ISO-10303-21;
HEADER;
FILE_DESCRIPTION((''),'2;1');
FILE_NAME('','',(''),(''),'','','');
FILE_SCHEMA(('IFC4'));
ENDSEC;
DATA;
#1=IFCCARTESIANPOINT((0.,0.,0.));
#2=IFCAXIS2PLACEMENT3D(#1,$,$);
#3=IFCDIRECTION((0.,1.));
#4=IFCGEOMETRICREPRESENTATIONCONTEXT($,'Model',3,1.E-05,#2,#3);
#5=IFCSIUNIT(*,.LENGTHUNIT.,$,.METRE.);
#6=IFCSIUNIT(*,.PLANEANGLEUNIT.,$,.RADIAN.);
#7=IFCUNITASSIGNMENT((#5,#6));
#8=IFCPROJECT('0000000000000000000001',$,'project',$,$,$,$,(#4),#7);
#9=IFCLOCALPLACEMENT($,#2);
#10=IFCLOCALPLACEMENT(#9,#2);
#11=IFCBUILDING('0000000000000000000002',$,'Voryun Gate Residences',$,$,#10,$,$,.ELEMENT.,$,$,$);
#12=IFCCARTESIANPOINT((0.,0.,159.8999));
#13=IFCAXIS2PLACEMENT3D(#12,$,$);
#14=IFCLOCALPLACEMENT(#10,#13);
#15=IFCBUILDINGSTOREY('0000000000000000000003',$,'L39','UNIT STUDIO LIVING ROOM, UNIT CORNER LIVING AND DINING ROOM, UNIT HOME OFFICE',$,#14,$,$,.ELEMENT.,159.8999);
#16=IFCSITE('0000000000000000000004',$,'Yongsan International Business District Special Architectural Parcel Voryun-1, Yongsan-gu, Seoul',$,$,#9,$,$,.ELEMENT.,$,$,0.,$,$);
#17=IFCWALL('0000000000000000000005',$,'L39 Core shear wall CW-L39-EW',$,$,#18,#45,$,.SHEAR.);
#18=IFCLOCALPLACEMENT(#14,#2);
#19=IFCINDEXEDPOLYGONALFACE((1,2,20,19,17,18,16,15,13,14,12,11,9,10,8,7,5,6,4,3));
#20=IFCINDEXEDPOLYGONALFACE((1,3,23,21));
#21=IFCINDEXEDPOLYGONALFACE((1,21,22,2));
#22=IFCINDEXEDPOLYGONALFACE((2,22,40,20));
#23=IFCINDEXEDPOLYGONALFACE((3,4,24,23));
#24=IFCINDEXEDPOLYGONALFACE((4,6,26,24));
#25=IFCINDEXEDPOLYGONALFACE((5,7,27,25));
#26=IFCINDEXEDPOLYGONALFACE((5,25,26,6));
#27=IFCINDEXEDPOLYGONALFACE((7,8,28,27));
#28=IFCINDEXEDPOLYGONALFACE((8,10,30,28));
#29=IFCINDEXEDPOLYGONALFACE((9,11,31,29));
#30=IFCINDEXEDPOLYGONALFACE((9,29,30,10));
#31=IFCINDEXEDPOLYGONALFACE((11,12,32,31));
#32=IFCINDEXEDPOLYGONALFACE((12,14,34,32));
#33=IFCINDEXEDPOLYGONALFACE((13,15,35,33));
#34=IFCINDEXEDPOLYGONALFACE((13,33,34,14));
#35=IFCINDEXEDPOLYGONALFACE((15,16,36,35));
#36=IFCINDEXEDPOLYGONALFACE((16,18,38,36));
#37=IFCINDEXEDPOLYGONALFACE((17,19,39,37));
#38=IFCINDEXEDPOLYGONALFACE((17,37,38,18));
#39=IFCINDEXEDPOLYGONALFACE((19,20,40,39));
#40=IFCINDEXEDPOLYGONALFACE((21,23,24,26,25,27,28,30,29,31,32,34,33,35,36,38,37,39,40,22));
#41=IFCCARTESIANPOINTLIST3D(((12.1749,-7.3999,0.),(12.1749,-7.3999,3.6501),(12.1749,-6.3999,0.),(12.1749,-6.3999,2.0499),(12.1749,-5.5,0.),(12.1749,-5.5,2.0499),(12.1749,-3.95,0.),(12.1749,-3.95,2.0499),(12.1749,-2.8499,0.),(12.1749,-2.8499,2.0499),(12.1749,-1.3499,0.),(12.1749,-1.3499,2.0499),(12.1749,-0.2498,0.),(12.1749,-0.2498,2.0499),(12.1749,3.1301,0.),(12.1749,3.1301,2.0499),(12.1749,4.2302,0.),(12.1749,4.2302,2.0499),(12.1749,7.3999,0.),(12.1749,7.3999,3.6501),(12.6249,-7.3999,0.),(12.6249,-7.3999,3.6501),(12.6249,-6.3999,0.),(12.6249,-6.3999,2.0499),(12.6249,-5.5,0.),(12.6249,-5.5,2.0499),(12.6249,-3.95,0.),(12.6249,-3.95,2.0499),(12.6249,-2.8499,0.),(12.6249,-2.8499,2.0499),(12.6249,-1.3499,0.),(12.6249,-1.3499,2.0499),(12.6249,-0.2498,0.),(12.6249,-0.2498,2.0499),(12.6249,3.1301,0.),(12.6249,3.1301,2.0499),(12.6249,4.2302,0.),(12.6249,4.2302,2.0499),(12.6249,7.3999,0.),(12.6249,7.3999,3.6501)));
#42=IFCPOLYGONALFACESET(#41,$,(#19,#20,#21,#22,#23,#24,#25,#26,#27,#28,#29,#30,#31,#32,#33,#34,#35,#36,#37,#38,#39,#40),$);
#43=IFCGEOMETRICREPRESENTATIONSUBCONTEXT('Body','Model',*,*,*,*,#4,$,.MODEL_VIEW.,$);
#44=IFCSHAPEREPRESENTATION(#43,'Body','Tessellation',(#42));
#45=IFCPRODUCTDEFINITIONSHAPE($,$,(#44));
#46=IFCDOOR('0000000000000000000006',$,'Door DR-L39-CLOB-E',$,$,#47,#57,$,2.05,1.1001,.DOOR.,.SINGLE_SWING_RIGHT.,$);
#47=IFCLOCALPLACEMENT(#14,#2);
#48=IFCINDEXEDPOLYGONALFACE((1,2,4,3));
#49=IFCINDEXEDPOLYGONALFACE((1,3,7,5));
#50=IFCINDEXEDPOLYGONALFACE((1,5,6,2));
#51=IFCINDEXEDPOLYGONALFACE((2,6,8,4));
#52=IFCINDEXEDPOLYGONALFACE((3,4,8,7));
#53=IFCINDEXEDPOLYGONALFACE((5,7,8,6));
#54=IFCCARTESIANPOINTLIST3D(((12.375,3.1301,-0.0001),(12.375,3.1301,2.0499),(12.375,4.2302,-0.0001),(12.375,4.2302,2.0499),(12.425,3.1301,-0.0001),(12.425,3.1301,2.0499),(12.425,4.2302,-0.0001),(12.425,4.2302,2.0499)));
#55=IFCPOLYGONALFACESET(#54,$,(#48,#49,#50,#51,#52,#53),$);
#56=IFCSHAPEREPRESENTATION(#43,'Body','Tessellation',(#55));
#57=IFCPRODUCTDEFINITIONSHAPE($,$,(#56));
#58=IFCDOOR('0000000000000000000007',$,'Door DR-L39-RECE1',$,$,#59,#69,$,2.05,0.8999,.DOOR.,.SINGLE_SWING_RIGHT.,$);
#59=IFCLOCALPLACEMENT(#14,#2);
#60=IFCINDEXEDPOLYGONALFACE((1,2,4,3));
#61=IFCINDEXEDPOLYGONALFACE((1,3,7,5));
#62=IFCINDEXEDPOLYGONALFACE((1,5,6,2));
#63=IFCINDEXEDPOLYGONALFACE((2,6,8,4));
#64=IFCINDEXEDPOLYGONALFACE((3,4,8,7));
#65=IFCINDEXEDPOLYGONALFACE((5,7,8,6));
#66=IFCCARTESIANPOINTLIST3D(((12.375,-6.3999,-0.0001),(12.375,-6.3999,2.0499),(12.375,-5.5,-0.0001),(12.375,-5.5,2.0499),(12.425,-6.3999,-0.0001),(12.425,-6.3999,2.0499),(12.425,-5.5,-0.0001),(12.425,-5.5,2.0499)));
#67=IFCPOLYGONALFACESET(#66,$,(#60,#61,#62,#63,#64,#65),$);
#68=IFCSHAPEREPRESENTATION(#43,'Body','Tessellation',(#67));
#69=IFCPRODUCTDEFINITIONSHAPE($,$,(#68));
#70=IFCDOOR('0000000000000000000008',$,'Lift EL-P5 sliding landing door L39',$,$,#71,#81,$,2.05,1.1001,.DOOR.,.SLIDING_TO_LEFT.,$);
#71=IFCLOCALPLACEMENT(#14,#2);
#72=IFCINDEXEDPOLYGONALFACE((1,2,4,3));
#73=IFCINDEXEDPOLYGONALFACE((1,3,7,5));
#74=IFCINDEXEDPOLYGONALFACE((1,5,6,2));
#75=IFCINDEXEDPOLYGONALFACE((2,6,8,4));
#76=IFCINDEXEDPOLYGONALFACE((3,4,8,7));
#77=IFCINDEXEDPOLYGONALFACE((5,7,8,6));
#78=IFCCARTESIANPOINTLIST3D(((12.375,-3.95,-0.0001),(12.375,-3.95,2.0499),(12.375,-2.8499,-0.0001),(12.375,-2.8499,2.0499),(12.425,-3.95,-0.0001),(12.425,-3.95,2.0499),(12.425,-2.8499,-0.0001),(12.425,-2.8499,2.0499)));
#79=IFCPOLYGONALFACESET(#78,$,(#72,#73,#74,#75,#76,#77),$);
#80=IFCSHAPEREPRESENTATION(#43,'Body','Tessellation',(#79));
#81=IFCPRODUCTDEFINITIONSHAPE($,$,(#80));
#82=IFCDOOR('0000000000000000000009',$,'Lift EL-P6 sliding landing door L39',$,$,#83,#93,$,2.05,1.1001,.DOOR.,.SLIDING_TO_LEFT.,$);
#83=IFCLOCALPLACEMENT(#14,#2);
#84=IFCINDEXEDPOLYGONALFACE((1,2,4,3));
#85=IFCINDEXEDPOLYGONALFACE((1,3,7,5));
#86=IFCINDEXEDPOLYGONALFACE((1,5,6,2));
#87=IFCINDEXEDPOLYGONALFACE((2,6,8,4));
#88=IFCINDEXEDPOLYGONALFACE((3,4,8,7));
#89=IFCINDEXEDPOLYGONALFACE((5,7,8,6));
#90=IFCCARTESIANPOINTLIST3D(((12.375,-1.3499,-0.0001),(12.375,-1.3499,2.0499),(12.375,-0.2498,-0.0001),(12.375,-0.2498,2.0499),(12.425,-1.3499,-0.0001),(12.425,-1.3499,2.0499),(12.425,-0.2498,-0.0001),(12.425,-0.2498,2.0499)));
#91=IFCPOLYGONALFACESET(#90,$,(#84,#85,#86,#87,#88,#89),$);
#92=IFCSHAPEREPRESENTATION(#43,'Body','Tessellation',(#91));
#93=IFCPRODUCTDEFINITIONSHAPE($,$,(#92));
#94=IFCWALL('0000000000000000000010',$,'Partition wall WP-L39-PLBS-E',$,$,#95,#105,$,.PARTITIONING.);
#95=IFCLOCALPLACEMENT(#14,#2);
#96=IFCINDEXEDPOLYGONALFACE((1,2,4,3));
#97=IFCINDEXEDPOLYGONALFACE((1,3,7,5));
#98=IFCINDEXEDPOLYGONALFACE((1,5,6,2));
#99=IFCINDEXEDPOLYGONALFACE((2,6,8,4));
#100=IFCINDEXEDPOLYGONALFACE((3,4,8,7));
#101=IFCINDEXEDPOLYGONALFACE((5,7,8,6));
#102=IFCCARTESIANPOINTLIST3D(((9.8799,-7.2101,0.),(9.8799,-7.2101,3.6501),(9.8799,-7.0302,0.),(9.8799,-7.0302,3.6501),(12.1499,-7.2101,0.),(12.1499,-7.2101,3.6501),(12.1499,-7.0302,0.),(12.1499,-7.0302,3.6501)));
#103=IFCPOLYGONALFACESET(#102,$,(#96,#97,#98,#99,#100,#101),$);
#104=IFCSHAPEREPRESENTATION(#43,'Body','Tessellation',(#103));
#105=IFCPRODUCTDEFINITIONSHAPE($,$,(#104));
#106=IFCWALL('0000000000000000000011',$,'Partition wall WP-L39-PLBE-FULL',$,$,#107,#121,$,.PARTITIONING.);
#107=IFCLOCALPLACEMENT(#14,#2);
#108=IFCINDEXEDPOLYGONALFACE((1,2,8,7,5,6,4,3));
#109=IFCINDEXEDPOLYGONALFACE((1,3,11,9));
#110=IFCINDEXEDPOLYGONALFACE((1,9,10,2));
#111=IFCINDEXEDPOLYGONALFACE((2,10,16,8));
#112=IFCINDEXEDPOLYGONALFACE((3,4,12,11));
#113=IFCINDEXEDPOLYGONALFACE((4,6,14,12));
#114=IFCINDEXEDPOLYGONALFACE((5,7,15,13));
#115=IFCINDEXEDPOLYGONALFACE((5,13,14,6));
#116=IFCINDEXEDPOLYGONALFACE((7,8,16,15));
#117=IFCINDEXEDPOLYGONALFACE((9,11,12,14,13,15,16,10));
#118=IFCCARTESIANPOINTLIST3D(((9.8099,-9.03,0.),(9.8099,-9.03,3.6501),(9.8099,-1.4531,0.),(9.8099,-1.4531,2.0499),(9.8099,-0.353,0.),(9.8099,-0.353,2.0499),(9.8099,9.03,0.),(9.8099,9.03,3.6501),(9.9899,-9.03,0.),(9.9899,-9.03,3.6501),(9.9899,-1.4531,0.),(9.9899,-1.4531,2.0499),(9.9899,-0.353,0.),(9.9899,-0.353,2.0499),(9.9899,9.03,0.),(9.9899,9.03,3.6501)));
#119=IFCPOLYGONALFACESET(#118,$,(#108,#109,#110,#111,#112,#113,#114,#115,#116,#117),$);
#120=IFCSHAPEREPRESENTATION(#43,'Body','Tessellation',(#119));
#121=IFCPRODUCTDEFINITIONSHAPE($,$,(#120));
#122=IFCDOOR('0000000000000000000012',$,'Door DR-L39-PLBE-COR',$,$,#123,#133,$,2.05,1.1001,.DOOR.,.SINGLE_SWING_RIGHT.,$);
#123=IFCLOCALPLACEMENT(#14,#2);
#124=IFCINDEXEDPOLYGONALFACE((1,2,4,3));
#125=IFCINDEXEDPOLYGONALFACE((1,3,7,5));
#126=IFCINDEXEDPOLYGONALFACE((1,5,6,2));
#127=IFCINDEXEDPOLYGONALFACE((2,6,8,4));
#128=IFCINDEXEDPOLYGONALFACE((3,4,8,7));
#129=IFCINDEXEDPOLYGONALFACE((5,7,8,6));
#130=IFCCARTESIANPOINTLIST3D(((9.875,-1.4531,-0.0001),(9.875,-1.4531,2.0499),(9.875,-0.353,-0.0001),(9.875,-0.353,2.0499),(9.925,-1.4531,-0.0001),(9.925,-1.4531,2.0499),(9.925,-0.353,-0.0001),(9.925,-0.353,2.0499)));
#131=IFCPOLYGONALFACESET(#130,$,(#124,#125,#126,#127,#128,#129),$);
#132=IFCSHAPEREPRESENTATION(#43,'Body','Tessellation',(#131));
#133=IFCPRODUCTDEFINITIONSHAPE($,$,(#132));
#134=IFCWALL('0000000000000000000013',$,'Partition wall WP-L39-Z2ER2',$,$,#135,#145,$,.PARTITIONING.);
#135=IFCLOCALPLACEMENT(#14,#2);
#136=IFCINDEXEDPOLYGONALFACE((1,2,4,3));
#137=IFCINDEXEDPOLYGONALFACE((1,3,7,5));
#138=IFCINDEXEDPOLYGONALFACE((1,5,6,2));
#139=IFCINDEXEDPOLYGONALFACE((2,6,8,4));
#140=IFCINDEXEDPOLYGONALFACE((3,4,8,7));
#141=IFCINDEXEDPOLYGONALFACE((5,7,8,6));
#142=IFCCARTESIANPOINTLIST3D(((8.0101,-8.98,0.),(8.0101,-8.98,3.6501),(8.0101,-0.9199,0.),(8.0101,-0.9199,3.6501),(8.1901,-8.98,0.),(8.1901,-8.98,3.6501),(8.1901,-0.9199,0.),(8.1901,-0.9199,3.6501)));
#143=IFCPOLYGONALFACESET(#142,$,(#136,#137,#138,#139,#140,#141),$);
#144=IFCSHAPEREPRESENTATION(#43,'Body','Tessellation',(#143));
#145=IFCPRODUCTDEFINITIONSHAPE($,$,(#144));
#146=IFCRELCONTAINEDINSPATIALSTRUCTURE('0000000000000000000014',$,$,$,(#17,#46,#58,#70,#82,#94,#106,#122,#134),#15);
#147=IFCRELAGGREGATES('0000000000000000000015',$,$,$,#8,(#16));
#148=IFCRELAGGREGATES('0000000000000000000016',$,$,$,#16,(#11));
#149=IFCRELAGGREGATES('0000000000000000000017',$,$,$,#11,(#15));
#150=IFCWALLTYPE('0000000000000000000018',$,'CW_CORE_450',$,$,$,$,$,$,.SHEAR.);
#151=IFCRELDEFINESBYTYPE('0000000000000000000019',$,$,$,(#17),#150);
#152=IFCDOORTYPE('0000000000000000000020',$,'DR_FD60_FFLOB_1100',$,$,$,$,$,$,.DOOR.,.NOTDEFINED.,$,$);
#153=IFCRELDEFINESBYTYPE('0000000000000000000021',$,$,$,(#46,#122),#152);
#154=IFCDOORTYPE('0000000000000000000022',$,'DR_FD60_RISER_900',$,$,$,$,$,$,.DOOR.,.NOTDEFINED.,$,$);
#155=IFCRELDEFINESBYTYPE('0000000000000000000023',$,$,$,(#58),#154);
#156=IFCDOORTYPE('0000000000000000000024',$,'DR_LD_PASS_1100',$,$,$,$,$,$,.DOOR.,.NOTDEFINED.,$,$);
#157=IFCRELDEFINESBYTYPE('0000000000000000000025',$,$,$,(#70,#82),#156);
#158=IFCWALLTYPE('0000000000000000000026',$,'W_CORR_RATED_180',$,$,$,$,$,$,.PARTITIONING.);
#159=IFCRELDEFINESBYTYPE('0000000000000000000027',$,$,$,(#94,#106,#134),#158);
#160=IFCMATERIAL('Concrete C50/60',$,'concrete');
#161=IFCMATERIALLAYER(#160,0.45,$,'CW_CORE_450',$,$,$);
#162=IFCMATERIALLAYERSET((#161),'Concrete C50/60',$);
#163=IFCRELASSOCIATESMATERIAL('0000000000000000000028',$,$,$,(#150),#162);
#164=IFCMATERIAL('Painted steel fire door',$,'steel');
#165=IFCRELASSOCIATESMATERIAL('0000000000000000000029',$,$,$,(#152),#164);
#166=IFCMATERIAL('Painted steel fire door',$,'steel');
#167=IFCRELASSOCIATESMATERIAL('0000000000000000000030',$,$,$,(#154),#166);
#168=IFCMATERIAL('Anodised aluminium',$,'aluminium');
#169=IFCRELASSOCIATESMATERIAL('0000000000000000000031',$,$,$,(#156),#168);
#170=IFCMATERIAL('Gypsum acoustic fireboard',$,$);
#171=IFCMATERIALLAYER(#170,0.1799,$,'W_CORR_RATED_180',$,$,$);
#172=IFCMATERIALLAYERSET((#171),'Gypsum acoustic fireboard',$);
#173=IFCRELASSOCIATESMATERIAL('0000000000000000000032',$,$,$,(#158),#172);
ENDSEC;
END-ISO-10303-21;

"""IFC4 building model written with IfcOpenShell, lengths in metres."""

from ifc_helpers import new_model, si_unit, direction, frame, frame_2d, origin, place, context, subcontext, project, spatial, rectangle, extrude, material, layer, layer_set, type_object, element, fill, save


model = new_model("IFC4")

# Units and contexts
model_context = context("Model", 3, precision=1e-05, world=origin(), true_north=direction((0.0, 1.0)))
body_context = subcontext(model_context, "Body", "Model", "MODEL_VIEW")
ifc_project = project(units=[si_unit("LENGTHUNIT", "METRE"), si_unit("PLANEANGLEUNIT", "RADIAN")], contexts=[model_context])

# Site, building, storey
site_placement = place(None, origin())
site = spatial("IfcSite", under=ifc_project, at=site_placement, Name="Yongsan International Business District Special Architectural Parcel Voryun-1, Yongsan-gu, Seoul", CompositionType="ELEMENT", RefElevation=0.0)
building_placement = place(site_placement, origin())
building = spatial("IfcBuilding", under=site, at=building_placement, Name="Voryun Gate Residences", CompositionType="ELEMENT")
storey_placement = place(building_placement, frame((0.0, 0.0, 159.8999)))
storey = spatial("IfcBuildingStorey", under=building, at=storey_placement, Name="L39", Description="UNIT STUDIO LIVING ROOM, UNIT CORNER LIVING AND DINING ROOM, UNIT HOME OFFICE", CompositionType="ELEMENT", Elevation=159.8999)

# Shared definitions
ifc_material_1 = material(Name="Concrete C50/60", Category="concrete")
ifc_layer_1 = layer(ifc_material_1, 0.45, Name="CW_CORE_450")
ifc_layer_set_1 = layer_set([ifc_layer_1], Name="Concrete C50/60")
wall_type_1 = type_object("IfcWallType", Name="CW_CORE_450", PredefinedType="SHEAR", material=ifc_layer_set_1)

# Wall, openings, doors
wall_1_placement = place(storey_placement, frame((12.3999, -7.3999, 0.0), z_axis=(0.0, 0.0, 1.0), x_axis=(0.0, 1.0, 0.0)))
wall_1 = element("IfcWall", 1, at=wall_1_placement, inside=storey, type_object=wall_type_1, Name="L39 Core shear wall CW-L39-EW", PredefinedType="SHEAR", context=body_context, shape_type="SweptSolid", body=[
    extrude(rectangle(XDim=14.7998, YDim=0.45, at=frame_2d((7.3999, 0.0))), origin(), (0.0, 0.0, 1.0), 3.6501),
])
opening_1_placement = place(wall_1_placement, frame((3.45, 0.0, 0.0)))
opening_1 = element("IfcOpeningElement", 2, at=opening_1_placement, cuts=wall_1, PredefinedType="OPENING", context=body_context, shape_type="SweptSolid", body=[
    extrude(rectangle(XDim=1.1001, YDim=2.05, at=frame_2d((0.55, 1.0249))), frame((0.0, 0.2351, 0.0), z_axis=(0.0, -1.0, 0.0), x_axis=(1.0, 0.0, 0.0)), (0.0, 0.0, 1.0), 0.47),
])
opening_2_placement = place(wall_1_placement, frame((6.05, 0.0, 0.0)))
opening_2 = element("IfcOpeningElement", 3, at=opening_2_placement, cuts=wall_1, PredefinedType="OPENING", context=body_context, shape_type="SweptSolid", body=[
    extrude(rectangle(XDim=1.1001, YDim=2.05, at=frame_2d((0.55, 1.0249))), frame((0.0, 0.2351, 0.0), z_axis=(0.0, -1.0, 0.0), x_axis=(1.0, 0.0, 0.0)), (0.0, 0.0, 1.0), 0.47),
])
opening_3_placement = place(wall_1_placement, frame((10.53, 0.0, 0.0)))
opening_3 = element("IfcOpeningElement", 4, at=opening_3_placement, cuts=wall_1, PredefinedType="OPENING", context=body_context, shape_type="SweptSolid", body=[
    extrude(rectangle(XDim=1.1001, YDim=2.05, at=frame_2d((0.55, 1.0249))), frame((0.0, 0.2351, 0.0), z_axis=(0.0, -1.0, 0.0), x_axis=(1.0, 0.0, 0.0)), (0.0, 0.0, 1.0), 0.47),
])
opening_4_placement = place(wall_1_placement, frame((1.0, 0.0, 0.0)))
opening_4 = element("IfcOpeningElement", 5, at=opening_4_placement, cuts=wall_1, PredefinedType="OPENING", context=body_context, shape_type="SweptSolid", body=[
    extrude(rectangle(XDim=0.8999, YDim=2.05, at=frame_2d((0.45, 1.0249))), frame((0.0, 0.2351, 0.0), z_axis=(0.0, -1.0, 0.0), x_axis=(1.0, 0.0, 0.0)), (0.0, 0.0, 1.0), 0.47),
])
ifc_material_2 = material(Name="Painted steel fire door", Category="steel")
door_type_1 = type_object("IfcDoorType", Name="DR_FD60_FFLOB_1100", OperationType="NOTDEFINED", PredefinedType="DOOR", material=ifc_material_2)
door_1_placement = place(opening_3_placement, origin())
door_1 = element("IfcDoor", 6, at=door_1_placement, inside=storey, type_object=door_type_1, Name="Door DR-L39-CLOB-E", OperationType="SINGLE_SWING_RIGHT", OverallHeight=2.05, OverallWidth=1.1001, PredefinedType="DOOR", context=body_context, shape_type="SweptSolid", body=[
    extrude(rectangle(XDim=1.1001, YDim=2.05, at=frame_2d((0.55, 1.0249))), frame((0.0, 0.0249, 0.0), z_axis=(0.0, -1.0, 0.0), x_axis=(1.0, 0.0, 0.0)), (0.0, 0.0, 1.0), 0.05),
])
fill(opening_3, door_1)
ifc_material_3 = material(Name="Painted steel fire door", Category="steel")
door_type_2 = type_object("IfcDoorType", Name="DR_FD60_RISER_900", OperationType="NOTDEFINED", PredefinedType="DOOR", material=ifc_material_3)
door_2_placement = place(opening_4_placement, origin())
door_2 = element("IfcDoor", 7, at=door_2_placement, inside=storey, type_object=door_type_2, Name="Door DR-L39-RECE1", OperationType="SINGLE_SWING_RIGHT", OverallHeight=2.05, OverallWidth=0.8999, PredefinedType="DOOR", context=body_context, shape_type="SweptSolid", body=[
    extrude(rectangle(XDim=0.8999, YDim=2.05, at=frame_2d((0.45, 1.0249))), frame((0.0, 0.0249, 0.0), z_axis=(0.0, -1.0, 0.0), x_axis=(1.0, 0.0, 0.0)), (0.0, 0.0, 1.0), 0.05),
])
fill(opening_4, door_2)
ifc_material_4 = material(Name="Anodised aluminium", Category="aluminium")
door_type_3 = type_object("IfcDoorType", Name="DR_LD_PASS_1100", OperationType="NOTDEFINED", PredefinedType="DOOR", material=ifc_material_4)
door_3_placement = place(opening_1_placement, origin())
door_3 = element("IfcDoor", 8, at=door_3_placement, inside=storey, type_object=door_type_3, Name="Lift EL-P5 sliding landing door L39", OperationType="SLIDING_TO_LEFT", OverallHeight=2.05, OverallWidth=1.1001, PredefinedType="DOOR", context=body_context, shape_type="SweptSolid", body=[
    extrude(rectangle(XDim=1.1001, YDim=2.05, at=frame_2d((0.55, 1.0249))), frame((0.0, 0.0249, 0.0), z_axis=(0.0, -1.0, 0.0), x_axis=(1.0, 0.0, 0.0)), (0.0, 0.0, 1.0), 0.05),
])
fill(opening_1, door_3)
door_4_placement = place(opening_2_placement, origin())
door_4 = element("IfcDoor", 9, at=door_4_placement, inside=storey, type_object=door_type_3, Name="Lift EL-P6 sliding landing door L39", OperationType="SLIDING_TO_LEFT", OverallHeight=2.05, OverallWidth=1.1001, PredefinedType="DOOR", context=body_context, shape_type="SweptSolid", body=[
    extrude(rectangle(XDim=1.1001, YDim=2.05, at=frame_2d((0.55, 1.0249))), frame((0.0, 0.0249, 0.0), z_axis=(0.0, -1.0, 0.0), x_axis=(1.0, 0.0, 0.0)), (0.0, 0.0, 1.0), 0.05),
])
fill(opening_2, door_4)

# Wall
ifc_material_5 = material(Name="Gypsum acoustic fireboard")
ifc_layer_2 = layer(ifc_material_5, 0.1799, Name="W_CORR_RATED_180")
ifc_layer_set_2 = layer_set([ifc_layer_2], Name="Gypsum acoustic fireboard")
wall_type_2 = type_object("IfcWallType", Name="W_CORR_RATED_180", PredefinedType="PARTITIONING", material=ifc_layer_set_2)
wall_2_placement = place(storey_placement, frame((9.8799, -7.1201, 0.0), z_axis=(0.0, 0.0, 1.0), x_axis=(1.0, 0.0, 0.0)))
element("IfcWall", 10, at=wall_2_placement, inside=storey, type_object=wall_type_2, Name="Partition wall WP-L39-PLBS-E", PredefinedType="PARTITIONING", context=body_context, shape_type="SweptSolid", body=[
    extrude(rectangle(XDim=2.27, YDim=0.1799, at=frame_2d((1.135, 0.0))), origin(), (0.0, 0.0, 1.0), 3.6501),
])

# Wall, opening, door
wall_3_placement = place(storey_placement, frame((9.8999, -9.03, 0.0), z_axis=(0.0, 0.0, 1.0), x_axis=(0.0, 1.0, 0.0)))
wall_3 = element("IfcWall", 11, at=wall_3_placement, inside=storey, type_object=wall_type_2, Name="Partition wall WP-L39-PLBE-FULL", PredefinedType="PARTITIONING", context=body_context, shape_type="SweptSolid", body=[
    extrude(rectangle(XDim=18.0601, YDim=0.1799, at=frame_2d((9.03, 0.0))), origin(), (0.0, 0.0, 1.0), 3.6501),
])
opening_5_placement = place(wall_3_placement, frame((7.5769, 0.0, 0.0)))
opening_5 = element("IfcOpeningElement", 12, at=opening_5_placement, cuts=wall_3, PredefinedType="OPENING", context=body_context, shape_type="SweptSolid", body=[
    extrude(rectangle(XDim=1.1001, YDim=2.05, at=frame_2d((0.55, 1.0249))), frame((0.0, 0.0999, 0.0), z_axis=(0.0, -1.0, 0.0), x_axis=(1.0, 0.0, 0.0)), (0.0, 0.0, 1.0), 0.2),
])
door_5_placement = place(opening_5_placement, origin())
door_5 = element("IfcDoor", 13, at=door_5_placement, inside=storey, type_object=door_type_1, Name="Door DR-L39-PLBE-COR", OperationType="SINGLE_SWING_RIGHT", OverallHeight=2.05, OverallWidth=1.1001, PredefinedType="DOOR", context=body_context, shape_type="SweptSolid", body=[
    extrude(rectangle(XDim=1.1001, YDim=2.05, at=frame_2d((0.55, 1.0249))), frame((0.0, 0.0249, 0.0), z_axis=(0.0, -1.0, 0.0), x_axis=(1.0, 0.0, 0.0)), (0.0, 0.0, 1.0), 0.05),
])
fill(opening_5, door_5)

# Wall
wall_4_placement = place(storey_placement, frame((8.1001, -8.98, 0.0), z_axis=(0.0, 0.0, 1.0), x_axis=(0.0, 1.0, 0.0)))
element("IfcWall", 14, at=wall_4_placement, inside=storey, type_object=wall_type_2, Name="Partition wall WP-L39-Z2ER2", PredefinedType="PARTITIONING", context=body_context, shape_type="SweptSolid", body=[
    extrude(rectangle(XDim=8.0601, YDim=0.1799, at=frame_2d((4.03, 0.0))), origin(), (0.0, 0.0, 1.0), 3.6501),
])

save(model, "model.ifc")
